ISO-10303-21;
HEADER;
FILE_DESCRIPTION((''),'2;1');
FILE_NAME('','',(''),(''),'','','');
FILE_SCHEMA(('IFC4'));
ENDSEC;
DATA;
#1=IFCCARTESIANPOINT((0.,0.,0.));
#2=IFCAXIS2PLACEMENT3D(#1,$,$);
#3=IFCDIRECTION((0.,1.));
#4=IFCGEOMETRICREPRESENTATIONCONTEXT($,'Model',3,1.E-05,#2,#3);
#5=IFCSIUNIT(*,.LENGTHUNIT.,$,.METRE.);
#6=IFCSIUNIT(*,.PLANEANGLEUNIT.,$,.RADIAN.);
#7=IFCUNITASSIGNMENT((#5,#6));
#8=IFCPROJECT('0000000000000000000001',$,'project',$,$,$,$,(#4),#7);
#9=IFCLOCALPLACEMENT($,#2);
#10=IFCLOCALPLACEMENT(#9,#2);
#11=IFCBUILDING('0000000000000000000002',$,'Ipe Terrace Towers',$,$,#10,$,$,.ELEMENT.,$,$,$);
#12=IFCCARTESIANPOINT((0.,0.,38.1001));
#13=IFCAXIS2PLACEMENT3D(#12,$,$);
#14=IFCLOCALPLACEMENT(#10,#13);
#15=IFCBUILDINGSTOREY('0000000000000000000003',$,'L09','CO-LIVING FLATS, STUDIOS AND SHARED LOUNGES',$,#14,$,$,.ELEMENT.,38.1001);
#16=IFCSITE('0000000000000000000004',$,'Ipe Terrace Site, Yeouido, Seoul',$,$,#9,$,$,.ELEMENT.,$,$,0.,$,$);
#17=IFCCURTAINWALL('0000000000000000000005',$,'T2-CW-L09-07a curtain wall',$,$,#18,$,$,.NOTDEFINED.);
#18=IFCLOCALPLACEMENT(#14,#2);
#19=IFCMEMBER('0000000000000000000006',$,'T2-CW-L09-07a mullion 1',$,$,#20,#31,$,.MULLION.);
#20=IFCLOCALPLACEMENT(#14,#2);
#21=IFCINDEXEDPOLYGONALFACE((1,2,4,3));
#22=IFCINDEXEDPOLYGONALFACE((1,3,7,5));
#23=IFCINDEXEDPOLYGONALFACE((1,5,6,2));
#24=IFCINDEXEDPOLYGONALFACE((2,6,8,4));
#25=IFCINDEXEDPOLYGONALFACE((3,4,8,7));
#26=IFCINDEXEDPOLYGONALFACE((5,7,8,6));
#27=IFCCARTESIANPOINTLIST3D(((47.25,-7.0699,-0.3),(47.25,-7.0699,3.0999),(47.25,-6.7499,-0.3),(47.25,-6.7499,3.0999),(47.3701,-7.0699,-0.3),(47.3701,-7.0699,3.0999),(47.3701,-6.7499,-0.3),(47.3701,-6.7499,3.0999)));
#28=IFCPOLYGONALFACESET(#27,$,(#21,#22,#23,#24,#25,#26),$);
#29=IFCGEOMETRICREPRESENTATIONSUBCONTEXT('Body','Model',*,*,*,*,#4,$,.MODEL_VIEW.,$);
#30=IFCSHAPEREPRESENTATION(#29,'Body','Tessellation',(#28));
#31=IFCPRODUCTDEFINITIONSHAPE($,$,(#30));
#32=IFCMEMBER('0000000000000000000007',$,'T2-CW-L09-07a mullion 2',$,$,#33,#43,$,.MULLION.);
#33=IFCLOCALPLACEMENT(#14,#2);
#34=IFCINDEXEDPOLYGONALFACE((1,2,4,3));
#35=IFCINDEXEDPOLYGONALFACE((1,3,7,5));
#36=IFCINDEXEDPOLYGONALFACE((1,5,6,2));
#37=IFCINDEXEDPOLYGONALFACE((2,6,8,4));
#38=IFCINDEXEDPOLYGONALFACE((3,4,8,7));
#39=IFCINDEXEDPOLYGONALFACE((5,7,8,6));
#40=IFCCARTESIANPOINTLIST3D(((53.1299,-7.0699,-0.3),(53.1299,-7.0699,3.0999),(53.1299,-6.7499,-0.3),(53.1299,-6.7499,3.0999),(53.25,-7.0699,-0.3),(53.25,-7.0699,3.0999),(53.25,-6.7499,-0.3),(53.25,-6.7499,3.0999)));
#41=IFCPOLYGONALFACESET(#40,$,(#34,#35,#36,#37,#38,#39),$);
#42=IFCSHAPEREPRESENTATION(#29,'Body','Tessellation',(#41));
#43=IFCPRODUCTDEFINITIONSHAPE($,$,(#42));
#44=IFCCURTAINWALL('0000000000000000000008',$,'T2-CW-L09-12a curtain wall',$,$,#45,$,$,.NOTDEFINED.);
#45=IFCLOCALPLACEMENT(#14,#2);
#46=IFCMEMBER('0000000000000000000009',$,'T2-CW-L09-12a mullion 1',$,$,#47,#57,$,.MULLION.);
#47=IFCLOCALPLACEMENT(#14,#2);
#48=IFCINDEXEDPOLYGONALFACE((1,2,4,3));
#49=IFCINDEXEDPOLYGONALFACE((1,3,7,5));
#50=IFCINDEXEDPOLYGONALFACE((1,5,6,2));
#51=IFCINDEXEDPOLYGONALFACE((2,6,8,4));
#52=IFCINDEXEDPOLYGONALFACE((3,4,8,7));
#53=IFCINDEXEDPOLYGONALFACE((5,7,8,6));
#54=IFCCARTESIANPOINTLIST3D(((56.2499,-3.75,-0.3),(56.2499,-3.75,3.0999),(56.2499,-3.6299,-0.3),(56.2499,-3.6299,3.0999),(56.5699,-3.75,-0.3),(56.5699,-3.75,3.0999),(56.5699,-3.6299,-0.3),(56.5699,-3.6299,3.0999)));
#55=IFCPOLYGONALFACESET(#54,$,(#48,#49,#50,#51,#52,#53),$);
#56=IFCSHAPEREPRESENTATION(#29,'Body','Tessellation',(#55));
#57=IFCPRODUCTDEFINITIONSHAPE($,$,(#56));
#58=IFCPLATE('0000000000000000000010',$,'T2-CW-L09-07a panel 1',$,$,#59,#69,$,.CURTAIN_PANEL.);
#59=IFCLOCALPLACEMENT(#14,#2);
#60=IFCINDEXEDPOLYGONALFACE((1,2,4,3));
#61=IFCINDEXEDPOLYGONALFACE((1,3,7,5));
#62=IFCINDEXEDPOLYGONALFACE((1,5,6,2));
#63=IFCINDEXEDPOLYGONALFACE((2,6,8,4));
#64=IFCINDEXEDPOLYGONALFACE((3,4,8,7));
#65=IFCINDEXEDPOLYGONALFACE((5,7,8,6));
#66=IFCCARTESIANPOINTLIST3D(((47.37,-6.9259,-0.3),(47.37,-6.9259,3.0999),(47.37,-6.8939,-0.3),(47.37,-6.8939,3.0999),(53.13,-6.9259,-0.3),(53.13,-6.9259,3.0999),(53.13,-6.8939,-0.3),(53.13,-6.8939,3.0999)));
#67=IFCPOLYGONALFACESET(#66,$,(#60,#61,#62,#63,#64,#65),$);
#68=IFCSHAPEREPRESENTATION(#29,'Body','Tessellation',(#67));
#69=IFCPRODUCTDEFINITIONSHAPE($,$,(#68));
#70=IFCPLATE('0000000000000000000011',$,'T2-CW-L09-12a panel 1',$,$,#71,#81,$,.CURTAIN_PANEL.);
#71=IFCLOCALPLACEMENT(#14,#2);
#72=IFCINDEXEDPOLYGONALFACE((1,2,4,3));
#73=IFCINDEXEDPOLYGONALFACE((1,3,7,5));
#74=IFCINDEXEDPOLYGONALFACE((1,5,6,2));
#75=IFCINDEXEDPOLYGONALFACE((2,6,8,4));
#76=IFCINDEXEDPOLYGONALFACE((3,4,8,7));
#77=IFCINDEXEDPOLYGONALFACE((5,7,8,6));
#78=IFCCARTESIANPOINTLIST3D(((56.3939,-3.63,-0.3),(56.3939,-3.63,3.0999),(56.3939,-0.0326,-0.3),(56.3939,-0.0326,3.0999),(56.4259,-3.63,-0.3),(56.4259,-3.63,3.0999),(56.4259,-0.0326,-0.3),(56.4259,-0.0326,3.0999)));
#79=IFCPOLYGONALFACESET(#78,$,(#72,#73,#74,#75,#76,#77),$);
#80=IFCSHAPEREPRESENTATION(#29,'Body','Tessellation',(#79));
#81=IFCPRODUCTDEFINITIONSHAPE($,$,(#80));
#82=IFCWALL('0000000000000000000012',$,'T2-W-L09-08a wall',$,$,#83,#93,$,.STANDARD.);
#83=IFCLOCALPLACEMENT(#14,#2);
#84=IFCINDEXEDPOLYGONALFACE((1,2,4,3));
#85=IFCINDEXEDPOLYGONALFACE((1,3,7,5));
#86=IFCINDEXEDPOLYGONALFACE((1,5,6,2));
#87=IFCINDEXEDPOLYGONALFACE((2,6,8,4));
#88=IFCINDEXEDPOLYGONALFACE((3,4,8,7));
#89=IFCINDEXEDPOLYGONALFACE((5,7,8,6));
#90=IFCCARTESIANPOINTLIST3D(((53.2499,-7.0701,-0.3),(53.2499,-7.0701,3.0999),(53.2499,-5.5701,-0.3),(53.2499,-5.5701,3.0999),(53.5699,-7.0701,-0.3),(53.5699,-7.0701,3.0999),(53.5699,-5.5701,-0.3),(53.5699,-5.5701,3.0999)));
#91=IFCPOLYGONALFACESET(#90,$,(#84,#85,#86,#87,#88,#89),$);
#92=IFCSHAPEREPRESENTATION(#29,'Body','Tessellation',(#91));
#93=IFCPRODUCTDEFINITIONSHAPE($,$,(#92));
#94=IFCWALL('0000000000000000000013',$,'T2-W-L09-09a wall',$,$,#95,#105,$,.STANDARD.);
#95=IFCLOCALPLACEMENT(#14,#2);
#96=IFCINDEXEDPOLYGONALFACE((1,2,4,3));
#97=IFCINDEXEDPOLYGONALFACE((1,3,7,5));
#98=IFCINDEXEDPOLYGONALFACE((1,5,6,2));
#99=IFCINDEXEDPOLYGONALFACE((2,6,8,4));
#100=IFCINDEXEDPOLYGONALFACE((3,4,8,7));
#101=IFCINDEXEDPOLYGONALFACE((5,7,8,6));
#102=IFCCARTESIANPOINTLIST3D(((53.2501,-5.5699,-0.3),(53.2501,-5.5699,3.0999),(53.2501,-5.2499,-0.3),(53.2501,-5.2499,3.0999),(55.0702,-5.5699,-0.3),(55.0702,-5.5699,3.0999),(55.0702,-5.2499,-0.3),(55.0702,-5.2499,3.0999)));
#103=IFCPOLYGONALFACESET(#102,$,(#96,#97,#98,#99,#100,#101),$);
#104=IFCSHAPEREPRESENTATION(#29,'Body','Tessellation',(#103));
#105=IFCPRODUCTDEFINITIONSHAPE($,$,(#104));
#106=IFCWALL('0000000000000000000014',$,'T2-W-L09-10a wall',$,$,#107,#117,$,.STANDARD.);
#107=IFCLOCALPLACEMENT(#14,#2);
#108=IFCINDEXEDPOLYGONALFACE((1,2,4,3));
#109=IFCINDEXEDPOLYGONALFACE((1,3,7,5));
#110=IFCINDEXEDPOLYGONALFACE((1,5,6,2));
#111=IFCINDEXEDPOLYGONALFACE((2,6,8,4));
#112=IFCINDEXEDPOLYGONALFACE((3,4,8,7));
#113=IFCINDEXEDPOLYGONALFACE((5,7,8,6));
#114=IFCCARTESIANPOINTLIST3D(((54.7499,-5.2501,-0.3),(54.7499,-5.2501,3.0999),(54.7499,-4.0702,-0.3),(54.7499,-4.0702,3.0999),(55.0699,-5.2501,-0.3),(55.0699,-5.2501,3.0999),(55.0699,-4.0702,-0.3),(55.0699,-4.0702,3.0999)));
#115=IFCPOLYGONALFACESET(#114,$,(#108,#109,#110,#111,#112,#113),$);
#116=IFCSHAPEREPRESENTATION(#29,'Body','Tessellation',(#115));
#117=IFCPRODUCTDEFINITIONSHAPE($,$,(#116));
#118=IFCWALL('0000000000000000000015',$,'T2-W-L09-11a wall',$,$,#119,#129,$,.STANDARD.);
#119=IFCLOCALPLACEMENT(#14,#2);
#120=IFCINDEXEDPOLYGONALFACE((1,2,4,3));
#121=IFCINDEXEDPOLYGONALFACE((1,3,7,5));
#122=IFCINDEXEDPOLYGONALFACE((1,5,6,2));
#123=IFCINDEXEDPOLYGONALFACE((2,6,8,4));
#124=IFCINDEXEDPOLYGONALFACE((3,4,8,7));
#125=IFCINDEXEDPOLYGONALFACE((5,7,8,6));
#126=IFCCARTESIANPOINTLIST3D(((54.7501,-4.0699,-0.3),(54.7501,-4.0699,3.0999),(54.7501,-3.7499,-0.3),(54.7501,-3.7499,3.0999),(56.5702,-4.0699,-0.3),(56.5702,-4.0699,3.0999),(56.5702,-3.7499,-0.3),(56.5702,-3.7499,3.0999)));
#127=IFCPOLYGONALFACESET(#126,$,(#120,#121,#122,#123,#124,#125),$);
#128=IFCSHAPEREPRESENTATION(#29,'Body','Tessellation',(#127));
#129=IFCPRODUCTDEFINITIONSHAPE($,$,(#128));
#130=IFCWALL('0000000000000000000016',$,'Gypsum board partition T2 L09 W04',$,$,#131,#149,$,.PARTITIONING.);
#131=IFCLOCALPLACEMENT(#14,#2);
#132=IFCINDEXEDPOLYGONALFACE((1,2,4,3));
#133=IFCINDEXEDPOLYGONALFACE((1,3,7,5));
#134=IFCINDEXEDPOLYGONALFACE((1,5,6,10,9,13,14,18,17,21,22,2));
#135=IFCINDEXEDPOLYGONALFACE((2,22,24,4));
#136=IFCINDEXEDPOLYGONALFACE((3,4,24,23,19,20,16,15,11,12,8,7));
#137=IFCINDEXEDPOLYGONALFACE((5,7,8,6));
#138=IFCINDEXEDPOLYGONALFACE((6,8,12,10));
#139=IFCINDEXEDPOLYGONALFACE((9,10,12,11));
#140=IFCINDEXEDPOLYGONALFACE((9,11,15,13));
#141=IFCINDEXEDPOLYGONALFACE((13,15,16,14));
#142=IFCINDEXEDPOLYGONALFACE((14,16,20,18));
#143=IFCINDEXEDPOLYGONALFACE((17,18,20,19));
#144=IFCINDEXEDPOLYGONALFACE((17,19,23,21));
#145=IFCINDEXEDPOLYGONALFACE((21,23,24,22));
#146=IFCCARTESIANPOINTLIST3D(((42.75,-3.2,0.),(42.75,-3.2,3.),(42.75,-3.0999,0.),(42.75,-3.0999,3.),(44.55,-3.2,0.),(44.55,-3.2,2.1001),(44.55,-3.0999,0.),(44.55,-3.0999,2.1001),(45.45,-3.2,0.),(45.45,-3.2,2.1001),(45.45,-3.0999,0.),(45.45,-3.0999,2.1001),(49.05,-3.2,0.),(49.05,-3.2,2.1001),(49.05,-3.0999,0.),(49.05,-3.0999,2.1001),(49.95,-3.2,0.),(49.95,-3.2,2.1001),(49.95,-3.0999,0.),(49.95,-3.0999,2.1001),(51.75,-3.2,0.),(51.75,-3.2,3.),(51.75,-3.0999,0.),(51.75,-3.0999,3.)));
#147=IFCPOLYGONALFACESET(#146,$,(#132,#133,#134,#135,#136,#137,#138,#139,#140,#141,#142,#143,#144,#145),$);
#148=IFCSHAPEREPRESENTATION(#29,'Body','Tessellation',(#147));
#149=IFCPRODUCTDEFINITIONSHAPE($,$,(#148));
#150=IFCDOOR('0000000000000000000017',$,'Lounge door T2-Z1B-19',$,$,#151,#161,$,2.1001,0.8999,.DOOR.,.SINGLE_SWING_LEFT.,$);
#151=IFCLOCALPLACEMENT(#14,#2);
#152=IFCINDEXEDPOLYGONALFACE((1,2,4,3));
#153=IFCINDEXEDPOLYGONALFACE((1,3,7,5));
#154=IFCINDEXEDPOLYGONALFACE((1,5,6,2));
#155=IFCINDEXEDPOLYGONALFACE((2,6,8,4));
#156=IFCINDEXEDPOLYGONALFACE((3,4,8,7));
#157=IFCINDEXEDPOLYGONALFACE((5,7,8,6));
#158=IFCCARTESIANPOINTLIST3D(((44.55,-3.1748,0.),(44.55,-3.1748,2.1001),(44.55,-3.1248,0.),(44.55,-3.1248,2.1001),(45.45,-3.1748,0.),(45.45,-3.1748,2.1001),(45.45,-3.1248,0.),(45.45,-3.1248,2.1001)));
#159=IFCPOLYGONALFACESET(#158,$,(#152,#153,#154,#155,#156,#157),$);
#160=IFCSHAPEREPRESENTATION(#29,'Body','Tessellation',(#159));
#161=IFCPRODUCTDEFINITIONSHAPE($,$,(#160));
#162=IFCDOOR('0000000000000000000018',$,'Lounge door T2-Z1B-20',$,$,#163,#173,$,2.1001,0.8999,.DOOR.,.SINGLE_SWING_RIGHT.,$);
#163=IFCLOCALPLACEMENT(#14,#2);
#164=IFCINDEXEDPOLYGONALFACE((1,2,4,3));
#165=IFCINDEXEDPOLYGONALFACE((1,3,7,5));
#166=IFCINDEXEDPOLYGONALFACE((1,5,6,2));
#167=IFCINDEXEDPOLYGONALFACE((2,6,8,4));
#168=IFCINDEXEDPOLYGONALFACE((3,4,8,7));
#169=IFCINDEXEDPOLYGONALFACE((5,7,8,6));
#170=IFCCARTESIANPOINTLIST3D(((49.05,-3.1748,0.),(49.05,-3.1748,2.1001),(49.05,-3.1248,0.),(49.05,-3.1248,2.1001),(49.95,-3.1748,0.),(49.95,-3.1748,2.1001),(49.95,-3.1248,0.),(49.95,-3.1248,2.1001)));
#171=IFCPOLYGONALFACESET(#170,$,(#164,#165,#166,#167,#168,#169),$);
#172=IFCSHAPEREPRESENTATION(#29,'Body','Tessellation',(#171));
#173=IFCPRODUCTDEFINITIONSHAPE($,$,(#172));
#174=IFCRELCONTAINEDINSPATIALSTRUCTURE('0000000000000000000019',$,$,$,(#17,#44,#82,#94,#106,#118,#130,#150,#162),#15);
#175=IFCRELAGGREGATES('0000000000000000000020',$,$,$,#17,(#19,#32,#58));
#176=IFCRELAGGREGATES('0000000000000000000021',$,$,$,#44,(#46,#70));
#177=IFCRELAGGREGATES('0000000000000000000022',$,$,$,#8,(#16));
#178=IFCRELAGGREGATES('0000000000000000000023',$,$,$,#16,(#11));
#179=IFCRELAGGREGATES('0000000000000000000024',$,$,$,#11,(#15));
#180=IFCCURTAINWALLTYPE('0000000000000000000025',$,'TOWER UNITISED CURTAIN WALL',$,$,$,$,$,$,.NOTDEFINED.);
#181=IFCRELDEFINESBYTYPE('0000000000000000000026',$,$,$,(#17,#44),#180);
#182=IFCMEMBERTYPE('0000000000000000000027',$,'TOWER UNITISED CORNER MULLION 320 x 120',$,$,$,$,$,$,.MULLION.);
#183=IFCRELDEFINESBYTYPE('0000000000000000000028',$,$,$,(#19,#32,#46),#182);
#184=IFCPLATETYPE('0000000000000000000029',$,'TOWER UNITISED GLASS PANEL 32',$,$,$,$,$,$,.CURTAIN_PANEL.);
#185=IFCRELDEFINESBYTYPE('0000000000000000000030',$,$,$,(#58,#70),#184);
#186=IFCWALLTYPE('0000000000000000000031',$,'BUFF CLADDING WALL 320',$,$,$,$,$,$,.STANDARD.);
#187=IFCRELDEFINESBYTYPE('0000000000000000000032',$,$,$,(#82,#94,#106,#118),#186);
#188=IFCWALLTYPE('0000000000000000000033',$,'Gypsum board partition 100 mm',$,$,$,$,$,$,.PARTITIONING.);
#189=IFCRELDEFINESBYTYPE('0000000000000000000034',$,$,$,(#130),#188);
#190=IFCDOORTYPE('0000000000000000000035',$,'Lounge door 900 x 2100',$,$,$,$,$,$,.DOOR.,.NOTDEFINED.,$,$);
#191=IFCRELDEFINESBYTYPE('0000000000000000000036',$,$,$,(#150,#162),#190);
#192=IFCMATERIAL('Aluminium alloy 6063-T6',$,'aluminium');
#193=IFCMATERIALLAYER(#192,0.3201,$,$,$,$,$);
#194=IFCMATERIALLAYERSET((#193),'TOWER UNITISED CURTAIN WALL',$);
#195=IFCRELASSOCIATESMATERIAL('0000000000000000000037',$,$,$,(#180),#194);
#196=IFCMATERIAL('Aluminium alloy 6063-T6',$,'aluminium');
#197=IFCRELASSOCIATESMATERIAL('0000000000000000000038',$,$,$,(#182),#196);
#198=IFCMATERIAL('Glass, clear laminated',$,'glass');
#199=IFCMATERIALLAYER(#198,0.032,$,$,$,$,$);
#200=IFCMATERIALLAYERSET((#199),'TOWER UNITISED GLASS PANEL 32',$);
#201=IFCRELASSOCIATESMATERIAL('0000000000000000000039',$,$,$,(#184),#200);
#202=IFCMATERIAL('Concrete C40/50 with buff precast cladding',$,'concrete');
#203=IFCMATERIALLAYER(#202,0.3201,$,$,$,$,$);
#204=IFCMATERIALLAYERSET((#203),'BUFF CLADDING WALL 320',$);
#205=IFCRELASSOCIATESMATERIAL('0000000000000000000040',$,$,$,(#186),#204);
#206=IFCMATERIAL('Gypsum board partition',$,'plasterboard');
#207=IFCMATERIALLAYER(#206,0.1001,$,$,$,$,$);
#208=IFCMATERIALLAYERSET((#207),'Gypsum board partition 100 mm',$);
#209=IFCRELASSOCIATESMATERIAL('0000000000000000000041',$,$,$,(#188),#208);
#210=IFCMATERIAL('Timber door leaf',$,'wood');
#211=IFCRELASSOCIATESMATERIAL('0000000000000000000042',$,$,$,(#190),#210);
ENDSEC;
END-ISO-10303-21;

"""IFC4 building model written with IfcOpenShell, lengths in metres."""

from ifc_helpers import new_model, si_unit, direction, frame, frame_2d, origin, origin_2d, place, context, subcontext, project, spatial, rectangle, extrude, material, layer, layer_set, material_profile, profile_set, type_object, element, fill, aggregate, save


model = new_model("IFC4")

# Units and contexts
model_context = context("Model", 3, precision=1e-05, world=origin(), true_north=direction((0.0, 1.0)))
body_context = subcontext(model_context, "Body", "Model", "MODEL_VIEW")
ifc_project = project(units=[si_unit("LENGTHUNIT", "METRE"), si_unit("PLANEANGLEUNIT", "RADIAN")], contexts=[model_context])

# Site, building, storey
site_placement = place(None, origin())
site = spatial("IfcSite", under=ifc_project, at=site_placement, Name="Ipe Terrace Site, Yeouido, Seoul", CompositionType="ELEMENT", RefElevation=0.0)
building_placement = place(site_placement, origin())
building = spatial("IfcBuilding", under=site, at=building_placement, Name="Ipe Terrace Towers", CompositionType="ELEMENT")
storey_placement = place(building_placement, frame((0.0, 0.0, 38.1001)))
storey = spatial("IfcBuildingStorey", under=building, at=storey_placement, Name="L09", Description="CO-LIVING FLATS, STUDIOS AND SHARED LOUNGES", CompositionType="ELEMENT", Elevation=38.1001)

# Curtain wall, members
ifc_material_1 = material(Name="Aluminium alloy 6063-T6", Category="aluminium")
ifc_layer_1 = layer(ifc_material_1, 0.3201)
ifc_layer_set_1 = layer_set([ifc_layer_1], Name="TOWER UNITISED CURTAIN WALL")
curtain_wall_type = type_object("IfcCurtainWallType", Name="TOWER UNITISED CURTAIN WALL", PredefinedType="NOTDEFINED", material=ifc_layer_set_1)
curtain_wall_1_placement = place(storey_placement, origin())
curtain_wall_1 = element("IfcCurtainWall", 1, at=curtain_wall_1_placement, inside=storey, type_object=curtain_wall_type, Name="T2-CW-L09-07a curtain wall", PredefinedType="NOTDEFINED")
ifc_material_2 = material(Name="Aluminium alloy 6063-T6", Category="aluminium")
ifc_material_profile_1 = material_profile(ifc_material_2, rectangle(XDim=0.3201, YDim=0.1201, at=origin_2d()), Name="TOWER UNITISED CORNER MULLION 320 x 120")
ifc_profile_set_1 = profile_set([ifc_material_profile_1], Name="Aluminium alloy 6063-T6")
member_type = type_object("IfcMemberType", Name="TOWER UNITISED CORNER MULLION 320 x 120", PredefinedType="MULLION", material=ifc_profile_set_1)
member_1_placement = place(storey_placement, frame((47.3101, -6.9099, -0.3), z_axis=(0.0, 0.0, 1.0), x_axis=(0.0, -1.0, 0.0)))
member_1 = element("IfcMember", 2, at=member_1_placement, type_object=member_type, Name="T2-CW-L09-07a mullion 1", PredefinedType="MULLION", context=body_context, shape_type="SweptSolid", body=[
    extrude(rectangle(XDim=0.3201, YDim=0.1201, at=origin_2d()), origin(), (0.0, 0.0, 1.0), 3.3999),
])
member_2_placement = place(storey_placement, frame((53.1899, -6.9099, -0.3), z_axis=(0.0, 0.0, 1.0), x_axis=(0.0, -1.0, 0.0)))
member_2 = element("IfcMember", 3, at=member_2_placement, type_object=member_type, Name="T2-CW-L09-07a mullion 2", PredefinedType="MULLION", context=body_context, shape_type="SweptSolid", body=[
    extrude(rectangle(XDim=0.3201, YDim=0.1201, at=origin_2d()), origin(), (0.0, 0.0, 1.0), 3.3999),
])

# Curtain wall, member
curtain_wall_2_placement = place(storey_placement, origin())
curtain_wall_2 = element("IfcCurtainWall", 4, at=curtain_wall_2_placement, inside=storey, type_object=curtain_wall_type, Name="T2-CW-L09-12a curtain wall", PredefinedType="NOTDEFINED")
member_3_placement = place(storey_placement, frame((56.4099, -3.6899, -0.3), z_axis=(0.0, 0.0, 1.0), x_axis=(1.0, 0.0, 0.0)))
member_3 = element("IfcMember", 5, at=member_3_placement, type_object=member_type, Name="T2-CW-L09-12a mullion 1", PredefinedType="MULLION", context=body_context, shape_type="SweptSolid", body=[
    extrude(rectangle(XDim=0.3201, YDim=0.1201, at=origin_2d()), origin(), (0.0, 0.0, 1.0), 3.3999),
])

# Plates
ifc_material_3 = material(Name="Glass, clear laminated", Category="glass")
ifc_layer_2 = layer(ifc_material_3, 0.032)
ifc_layer_set_2 = layer_set([ifc_layer_2], Name="TOWER UNITISED GLASS PANEL 32")
plate_type = type_object("IfcPlateType", Name="TOWER UNITISED GLASS PANEL 32", PredefinedType="CURTAIN_PANEL", material=ifc_layer_set_2)
plate_1_placement = place(storey_placement, frame((50.25, -6.9099, -0.3), z_axis=(0.0, 0.0, 1.0), x_axis=(1.0, 0.0, 0.0)))
plate_1 = element("IfcPlate", 6, at=plate_1_placement, type_object=plate_type, Name="T2-CW-L09-07a panel 1", PredefinedType="CURTAIN_PANEL", context=body_context, shape_type="SweptSolid", body=[
    extrude(rectangle(XDim=5.76, YDim=0.032, at=origin_2d()), origin(), (0.0, 0.0, 1.0), 3.3999),
])
aggregate(curtain_wall_1, [member_1, member_2, plate_1])
plate_2_placement = place(storey_placement, frame((56.4099, -1.8313, -0.3), z_axis=(0.0, 0.0, 1.0), x_axis=(0.0, 1.0, 0.0)))
plate_2 = element("IfcPlate", 7, at=plate_2_placement, type_object=plate_type, Name="T2-CW-L09-12a panel 1", PredefinedType="CURTAIN_PANEL", context=body_context, shape_type="SweptSolid", body=[
    extrude(rectangle(XDim=3.5974, YDim=0.032, at=origin_2d()), origin(), (0.0, 0.0, 1.0), 3.3999),
])
aggregate(curtain_wall_2, [member_3, plate_2])

# Walls
ifc_material_4 = material(Name="Concrete C40/50 with buff precast cladding", Category="concrete")
ifc_layer_3 = layer(ifc_material_4, 0.3201)
ifc_layer_set_3 = layer_set([ifc_layer_3], Name="BUFF CLADDING WALL 320")
wall_type_1 = type_object("IfcWallType", Name="BUFF CLADDING WALL 320", PredefinedType="STANDARD", material=ifc_layer_set_3)
wall_1_placement = place(storey_placement, frame((53.4099, -7.0701, -0.3), z_axis=(0.0, 0.0, 1.0), x_axis=(0.0, 1.0, 0.0)))
element("IfcWall", 8, at=wall_1_placement, inside=storey, type_object=wall_type_1, Name="T2-W-L09-08a wall", PredefinedType="STANDARD", context=body_context, shape_type="SweptSolid", body=[
    extrude(rectangle(XDim=1.5, YDim=0.3201, at=frame_2d((0.75, 0.0))), origin(), (0.0, 0.0, 1.0), 3.3999),
])
wall_2_placement = place(storey_placement, frame((53.25, -5.4099, -0.3), z_axis=(0.0, 0.0, 1.0), x_axis=(1.0, 0.0, 0.0)))
element("IfcWall", 9, at=wall_2_placement, inside=storey, type_object=wall_type_1, Name="T2-W-L09-09a wall", PredefinedType="STANDARD", context=body_context, shape_type="SweptSolid", body=[
    extrude(rectangle(XDim=1.8201, YDim=0.3201, at=frame_2d((0.9102, 0.0))), origin(), (0.0, 0.0, 1.0), 3.3999),
])
wall_3_placement = place(storey_placement, frame((54.9099, -5.25, -0.3), z_axis=(0.0, 0.0, 1.0), x_axis=(0.0, 1.0, 0.0)))
element("IfcWall", 10, at=wall_3_placement, inside=storey, type_object=wall_type_1, Name="T2-W-L09-10a wall", PredefinedType="STANDARD", context=body_context, shape_type="SweptSolid", body=[
    extrude(rectangle(XDim=1.1799, YDim=0.3201, at=frame_2d((0.5898, 0.0))), origin(), (0.0, 0.0, 1.0), 3.3999),
])
wall_4_placement = place(storey_placement, frame((54.75, -3.9099, -0.3), z_axis=(0.0, 0.0, 1.0), x_axis=(1.0, 0.0, 0.0)))
element("IfcWall", 11, at=wall_4_placement, inside=storey, type_object=wall_type_1, Name="T2-W-L09-11a wall", PredefinedType="STANDARD", context=body_context, shape_type="SweptSolid", body=[
    extrude(rectangle(XDim=1.8201, YDim=0.3201, at=frame_2d((0.9102, 0.0))), origin(), (0.0, 0.0, 1.0), 3.3999),
])

# Wall, openings, doors
ifc_material_5 = material(Name="Gypsum board partition", Category="plasterboard")
ifc_layer_4 = layer(ifc_material_5, 0.1001)
ifc_layer_set_4 = layer_set([ifc_layer_4], Name="Gypsum board partition 100 mm")
wall_type_2 = type_object("IfcWallType", Name="Gypsum board partition 100 mm", PredefinedType="PARTITIONING", material=ifc_layer_set_4)
wall_5_placement = place(storey_placement, frame((51.75, -3.1499, 0.0), z_axis=(0.0, 0.0, 1.0), x_axis=(-1.0, 0.0, 0.0)))
wall_5 = element("IfcWall", 12, at=wall_5_placement, inside=storey, type_object=wall_type_2, Name="Gypsum board partition T2 L09 W04", PredefinedType="PARTITIONING", context=body_context, shape_type="SweptSolid", body=[
    extrude(rectangle(XDim=9.0, YDim=0.1001, at=frame_2d((4.5, 0.0))), origin(), (0.0, 0.0, 1.0), 3.0),
])
opening_1_placement = place(wall_5_placement, frame((6.3, 0.0, 0.0)))
opening_1 = element("IfcOpeningElement", 13, at=opening_1_placement, cuts=wall_5, PredefinedType="OPENING", context=body_context, shape_type="SweptSolid", body=[
    extrude(rectangle(XDim=0.8999, YDim=2.1001, at=frame_2d((0.45, 1.05))), frame((0.0, 0.0601, 0.0), z_axis=(0.0, -1.0, 0.0), x_axis=(1.0, 0.0, 0.0)), (0.0, 0.0, 1.0), 0.1201),
])
opening_2_placement = place(wall_5_placement, frame((1.8, 0.0, 0.0)))
opening_2 = element("IfcOpeningElement", 14, at=opening_2_placement, cuts=wall_5, PredefinedType="OPENING", context=body_context, shape_type="SweptSolid", body=[
    extrude(rectangle(XDim=0.8999, YDim=2.1001, at=frame_2d((0.45, 1.05))), frame((0.0, 0.0601, 0.0), z_axis=(0.0, -1.0, 0.0), x_axis=(1.0, 0.0, 0.0)), (0.0, 0.0, 1.0), 0.1201),
])
ifc_material_6 = material(Name="Timber door leaf", Category="wood")
door_type_1 = type_object("IfcDoorType", Name="Lounge door 900 x 2100", OperationType="NOTDEFINED", PredefinedType="DOOR", material=ifc_material_6)
door_1_placement = place(opening_1_placement, origin())
door_1 = element("IfcDoor", 15, at=door_1_placement, inside=storey, type_object=door_type_1, Name="Lounge door T2-Z1B-19", OperationType="SINGLE_SWING_LEFT", OverallHeight=2.1001, OverallWidth=0.8999, PredefinedType="DOOR", context=body_context, shape_type="SweptSolid", body=[
    extrude(rectangle(XDim=0.8999, YDim=2.1001, at=frame_2d((0.45, 1.05))), frame((0.0, 0.0249, 0.0), z_axis=(0.0, -1.0, 0.0), x_axis=(1.0, 0.0, 0.0)), (0.0, 0.0, 1.0), 0.05),
])
fill(opening_1, door_1)
door_2_placement = place(opening_2_placement, origin())
door_2 = element("IfcDoor", 16, at=door_2_placement, inside=storey, type_object=door_type_1, Name="Lounge door T2-Z1B-20", OperationType="SINGLE_SWING_RIGHT", OverallHeight=2.1001, OverallWidth=0.8999, PredefinedType="DOOR", context=body_context, shape_type="SweptSolid", body=[
    extrude(rectangle(XDim=0.8999, YDim=2.1001, at=frame_2d((0.45, 1.05))), frame((0.0, 0.0249, 0.0), z_axis=(0.0, -1.0, 0.0), x_axis=(1.0, 0.0, 0.0)), (0.0, 0.0, 1.0), 0.05),
])
fill(opening_2, door_2)

save(model, "model.ifc")
